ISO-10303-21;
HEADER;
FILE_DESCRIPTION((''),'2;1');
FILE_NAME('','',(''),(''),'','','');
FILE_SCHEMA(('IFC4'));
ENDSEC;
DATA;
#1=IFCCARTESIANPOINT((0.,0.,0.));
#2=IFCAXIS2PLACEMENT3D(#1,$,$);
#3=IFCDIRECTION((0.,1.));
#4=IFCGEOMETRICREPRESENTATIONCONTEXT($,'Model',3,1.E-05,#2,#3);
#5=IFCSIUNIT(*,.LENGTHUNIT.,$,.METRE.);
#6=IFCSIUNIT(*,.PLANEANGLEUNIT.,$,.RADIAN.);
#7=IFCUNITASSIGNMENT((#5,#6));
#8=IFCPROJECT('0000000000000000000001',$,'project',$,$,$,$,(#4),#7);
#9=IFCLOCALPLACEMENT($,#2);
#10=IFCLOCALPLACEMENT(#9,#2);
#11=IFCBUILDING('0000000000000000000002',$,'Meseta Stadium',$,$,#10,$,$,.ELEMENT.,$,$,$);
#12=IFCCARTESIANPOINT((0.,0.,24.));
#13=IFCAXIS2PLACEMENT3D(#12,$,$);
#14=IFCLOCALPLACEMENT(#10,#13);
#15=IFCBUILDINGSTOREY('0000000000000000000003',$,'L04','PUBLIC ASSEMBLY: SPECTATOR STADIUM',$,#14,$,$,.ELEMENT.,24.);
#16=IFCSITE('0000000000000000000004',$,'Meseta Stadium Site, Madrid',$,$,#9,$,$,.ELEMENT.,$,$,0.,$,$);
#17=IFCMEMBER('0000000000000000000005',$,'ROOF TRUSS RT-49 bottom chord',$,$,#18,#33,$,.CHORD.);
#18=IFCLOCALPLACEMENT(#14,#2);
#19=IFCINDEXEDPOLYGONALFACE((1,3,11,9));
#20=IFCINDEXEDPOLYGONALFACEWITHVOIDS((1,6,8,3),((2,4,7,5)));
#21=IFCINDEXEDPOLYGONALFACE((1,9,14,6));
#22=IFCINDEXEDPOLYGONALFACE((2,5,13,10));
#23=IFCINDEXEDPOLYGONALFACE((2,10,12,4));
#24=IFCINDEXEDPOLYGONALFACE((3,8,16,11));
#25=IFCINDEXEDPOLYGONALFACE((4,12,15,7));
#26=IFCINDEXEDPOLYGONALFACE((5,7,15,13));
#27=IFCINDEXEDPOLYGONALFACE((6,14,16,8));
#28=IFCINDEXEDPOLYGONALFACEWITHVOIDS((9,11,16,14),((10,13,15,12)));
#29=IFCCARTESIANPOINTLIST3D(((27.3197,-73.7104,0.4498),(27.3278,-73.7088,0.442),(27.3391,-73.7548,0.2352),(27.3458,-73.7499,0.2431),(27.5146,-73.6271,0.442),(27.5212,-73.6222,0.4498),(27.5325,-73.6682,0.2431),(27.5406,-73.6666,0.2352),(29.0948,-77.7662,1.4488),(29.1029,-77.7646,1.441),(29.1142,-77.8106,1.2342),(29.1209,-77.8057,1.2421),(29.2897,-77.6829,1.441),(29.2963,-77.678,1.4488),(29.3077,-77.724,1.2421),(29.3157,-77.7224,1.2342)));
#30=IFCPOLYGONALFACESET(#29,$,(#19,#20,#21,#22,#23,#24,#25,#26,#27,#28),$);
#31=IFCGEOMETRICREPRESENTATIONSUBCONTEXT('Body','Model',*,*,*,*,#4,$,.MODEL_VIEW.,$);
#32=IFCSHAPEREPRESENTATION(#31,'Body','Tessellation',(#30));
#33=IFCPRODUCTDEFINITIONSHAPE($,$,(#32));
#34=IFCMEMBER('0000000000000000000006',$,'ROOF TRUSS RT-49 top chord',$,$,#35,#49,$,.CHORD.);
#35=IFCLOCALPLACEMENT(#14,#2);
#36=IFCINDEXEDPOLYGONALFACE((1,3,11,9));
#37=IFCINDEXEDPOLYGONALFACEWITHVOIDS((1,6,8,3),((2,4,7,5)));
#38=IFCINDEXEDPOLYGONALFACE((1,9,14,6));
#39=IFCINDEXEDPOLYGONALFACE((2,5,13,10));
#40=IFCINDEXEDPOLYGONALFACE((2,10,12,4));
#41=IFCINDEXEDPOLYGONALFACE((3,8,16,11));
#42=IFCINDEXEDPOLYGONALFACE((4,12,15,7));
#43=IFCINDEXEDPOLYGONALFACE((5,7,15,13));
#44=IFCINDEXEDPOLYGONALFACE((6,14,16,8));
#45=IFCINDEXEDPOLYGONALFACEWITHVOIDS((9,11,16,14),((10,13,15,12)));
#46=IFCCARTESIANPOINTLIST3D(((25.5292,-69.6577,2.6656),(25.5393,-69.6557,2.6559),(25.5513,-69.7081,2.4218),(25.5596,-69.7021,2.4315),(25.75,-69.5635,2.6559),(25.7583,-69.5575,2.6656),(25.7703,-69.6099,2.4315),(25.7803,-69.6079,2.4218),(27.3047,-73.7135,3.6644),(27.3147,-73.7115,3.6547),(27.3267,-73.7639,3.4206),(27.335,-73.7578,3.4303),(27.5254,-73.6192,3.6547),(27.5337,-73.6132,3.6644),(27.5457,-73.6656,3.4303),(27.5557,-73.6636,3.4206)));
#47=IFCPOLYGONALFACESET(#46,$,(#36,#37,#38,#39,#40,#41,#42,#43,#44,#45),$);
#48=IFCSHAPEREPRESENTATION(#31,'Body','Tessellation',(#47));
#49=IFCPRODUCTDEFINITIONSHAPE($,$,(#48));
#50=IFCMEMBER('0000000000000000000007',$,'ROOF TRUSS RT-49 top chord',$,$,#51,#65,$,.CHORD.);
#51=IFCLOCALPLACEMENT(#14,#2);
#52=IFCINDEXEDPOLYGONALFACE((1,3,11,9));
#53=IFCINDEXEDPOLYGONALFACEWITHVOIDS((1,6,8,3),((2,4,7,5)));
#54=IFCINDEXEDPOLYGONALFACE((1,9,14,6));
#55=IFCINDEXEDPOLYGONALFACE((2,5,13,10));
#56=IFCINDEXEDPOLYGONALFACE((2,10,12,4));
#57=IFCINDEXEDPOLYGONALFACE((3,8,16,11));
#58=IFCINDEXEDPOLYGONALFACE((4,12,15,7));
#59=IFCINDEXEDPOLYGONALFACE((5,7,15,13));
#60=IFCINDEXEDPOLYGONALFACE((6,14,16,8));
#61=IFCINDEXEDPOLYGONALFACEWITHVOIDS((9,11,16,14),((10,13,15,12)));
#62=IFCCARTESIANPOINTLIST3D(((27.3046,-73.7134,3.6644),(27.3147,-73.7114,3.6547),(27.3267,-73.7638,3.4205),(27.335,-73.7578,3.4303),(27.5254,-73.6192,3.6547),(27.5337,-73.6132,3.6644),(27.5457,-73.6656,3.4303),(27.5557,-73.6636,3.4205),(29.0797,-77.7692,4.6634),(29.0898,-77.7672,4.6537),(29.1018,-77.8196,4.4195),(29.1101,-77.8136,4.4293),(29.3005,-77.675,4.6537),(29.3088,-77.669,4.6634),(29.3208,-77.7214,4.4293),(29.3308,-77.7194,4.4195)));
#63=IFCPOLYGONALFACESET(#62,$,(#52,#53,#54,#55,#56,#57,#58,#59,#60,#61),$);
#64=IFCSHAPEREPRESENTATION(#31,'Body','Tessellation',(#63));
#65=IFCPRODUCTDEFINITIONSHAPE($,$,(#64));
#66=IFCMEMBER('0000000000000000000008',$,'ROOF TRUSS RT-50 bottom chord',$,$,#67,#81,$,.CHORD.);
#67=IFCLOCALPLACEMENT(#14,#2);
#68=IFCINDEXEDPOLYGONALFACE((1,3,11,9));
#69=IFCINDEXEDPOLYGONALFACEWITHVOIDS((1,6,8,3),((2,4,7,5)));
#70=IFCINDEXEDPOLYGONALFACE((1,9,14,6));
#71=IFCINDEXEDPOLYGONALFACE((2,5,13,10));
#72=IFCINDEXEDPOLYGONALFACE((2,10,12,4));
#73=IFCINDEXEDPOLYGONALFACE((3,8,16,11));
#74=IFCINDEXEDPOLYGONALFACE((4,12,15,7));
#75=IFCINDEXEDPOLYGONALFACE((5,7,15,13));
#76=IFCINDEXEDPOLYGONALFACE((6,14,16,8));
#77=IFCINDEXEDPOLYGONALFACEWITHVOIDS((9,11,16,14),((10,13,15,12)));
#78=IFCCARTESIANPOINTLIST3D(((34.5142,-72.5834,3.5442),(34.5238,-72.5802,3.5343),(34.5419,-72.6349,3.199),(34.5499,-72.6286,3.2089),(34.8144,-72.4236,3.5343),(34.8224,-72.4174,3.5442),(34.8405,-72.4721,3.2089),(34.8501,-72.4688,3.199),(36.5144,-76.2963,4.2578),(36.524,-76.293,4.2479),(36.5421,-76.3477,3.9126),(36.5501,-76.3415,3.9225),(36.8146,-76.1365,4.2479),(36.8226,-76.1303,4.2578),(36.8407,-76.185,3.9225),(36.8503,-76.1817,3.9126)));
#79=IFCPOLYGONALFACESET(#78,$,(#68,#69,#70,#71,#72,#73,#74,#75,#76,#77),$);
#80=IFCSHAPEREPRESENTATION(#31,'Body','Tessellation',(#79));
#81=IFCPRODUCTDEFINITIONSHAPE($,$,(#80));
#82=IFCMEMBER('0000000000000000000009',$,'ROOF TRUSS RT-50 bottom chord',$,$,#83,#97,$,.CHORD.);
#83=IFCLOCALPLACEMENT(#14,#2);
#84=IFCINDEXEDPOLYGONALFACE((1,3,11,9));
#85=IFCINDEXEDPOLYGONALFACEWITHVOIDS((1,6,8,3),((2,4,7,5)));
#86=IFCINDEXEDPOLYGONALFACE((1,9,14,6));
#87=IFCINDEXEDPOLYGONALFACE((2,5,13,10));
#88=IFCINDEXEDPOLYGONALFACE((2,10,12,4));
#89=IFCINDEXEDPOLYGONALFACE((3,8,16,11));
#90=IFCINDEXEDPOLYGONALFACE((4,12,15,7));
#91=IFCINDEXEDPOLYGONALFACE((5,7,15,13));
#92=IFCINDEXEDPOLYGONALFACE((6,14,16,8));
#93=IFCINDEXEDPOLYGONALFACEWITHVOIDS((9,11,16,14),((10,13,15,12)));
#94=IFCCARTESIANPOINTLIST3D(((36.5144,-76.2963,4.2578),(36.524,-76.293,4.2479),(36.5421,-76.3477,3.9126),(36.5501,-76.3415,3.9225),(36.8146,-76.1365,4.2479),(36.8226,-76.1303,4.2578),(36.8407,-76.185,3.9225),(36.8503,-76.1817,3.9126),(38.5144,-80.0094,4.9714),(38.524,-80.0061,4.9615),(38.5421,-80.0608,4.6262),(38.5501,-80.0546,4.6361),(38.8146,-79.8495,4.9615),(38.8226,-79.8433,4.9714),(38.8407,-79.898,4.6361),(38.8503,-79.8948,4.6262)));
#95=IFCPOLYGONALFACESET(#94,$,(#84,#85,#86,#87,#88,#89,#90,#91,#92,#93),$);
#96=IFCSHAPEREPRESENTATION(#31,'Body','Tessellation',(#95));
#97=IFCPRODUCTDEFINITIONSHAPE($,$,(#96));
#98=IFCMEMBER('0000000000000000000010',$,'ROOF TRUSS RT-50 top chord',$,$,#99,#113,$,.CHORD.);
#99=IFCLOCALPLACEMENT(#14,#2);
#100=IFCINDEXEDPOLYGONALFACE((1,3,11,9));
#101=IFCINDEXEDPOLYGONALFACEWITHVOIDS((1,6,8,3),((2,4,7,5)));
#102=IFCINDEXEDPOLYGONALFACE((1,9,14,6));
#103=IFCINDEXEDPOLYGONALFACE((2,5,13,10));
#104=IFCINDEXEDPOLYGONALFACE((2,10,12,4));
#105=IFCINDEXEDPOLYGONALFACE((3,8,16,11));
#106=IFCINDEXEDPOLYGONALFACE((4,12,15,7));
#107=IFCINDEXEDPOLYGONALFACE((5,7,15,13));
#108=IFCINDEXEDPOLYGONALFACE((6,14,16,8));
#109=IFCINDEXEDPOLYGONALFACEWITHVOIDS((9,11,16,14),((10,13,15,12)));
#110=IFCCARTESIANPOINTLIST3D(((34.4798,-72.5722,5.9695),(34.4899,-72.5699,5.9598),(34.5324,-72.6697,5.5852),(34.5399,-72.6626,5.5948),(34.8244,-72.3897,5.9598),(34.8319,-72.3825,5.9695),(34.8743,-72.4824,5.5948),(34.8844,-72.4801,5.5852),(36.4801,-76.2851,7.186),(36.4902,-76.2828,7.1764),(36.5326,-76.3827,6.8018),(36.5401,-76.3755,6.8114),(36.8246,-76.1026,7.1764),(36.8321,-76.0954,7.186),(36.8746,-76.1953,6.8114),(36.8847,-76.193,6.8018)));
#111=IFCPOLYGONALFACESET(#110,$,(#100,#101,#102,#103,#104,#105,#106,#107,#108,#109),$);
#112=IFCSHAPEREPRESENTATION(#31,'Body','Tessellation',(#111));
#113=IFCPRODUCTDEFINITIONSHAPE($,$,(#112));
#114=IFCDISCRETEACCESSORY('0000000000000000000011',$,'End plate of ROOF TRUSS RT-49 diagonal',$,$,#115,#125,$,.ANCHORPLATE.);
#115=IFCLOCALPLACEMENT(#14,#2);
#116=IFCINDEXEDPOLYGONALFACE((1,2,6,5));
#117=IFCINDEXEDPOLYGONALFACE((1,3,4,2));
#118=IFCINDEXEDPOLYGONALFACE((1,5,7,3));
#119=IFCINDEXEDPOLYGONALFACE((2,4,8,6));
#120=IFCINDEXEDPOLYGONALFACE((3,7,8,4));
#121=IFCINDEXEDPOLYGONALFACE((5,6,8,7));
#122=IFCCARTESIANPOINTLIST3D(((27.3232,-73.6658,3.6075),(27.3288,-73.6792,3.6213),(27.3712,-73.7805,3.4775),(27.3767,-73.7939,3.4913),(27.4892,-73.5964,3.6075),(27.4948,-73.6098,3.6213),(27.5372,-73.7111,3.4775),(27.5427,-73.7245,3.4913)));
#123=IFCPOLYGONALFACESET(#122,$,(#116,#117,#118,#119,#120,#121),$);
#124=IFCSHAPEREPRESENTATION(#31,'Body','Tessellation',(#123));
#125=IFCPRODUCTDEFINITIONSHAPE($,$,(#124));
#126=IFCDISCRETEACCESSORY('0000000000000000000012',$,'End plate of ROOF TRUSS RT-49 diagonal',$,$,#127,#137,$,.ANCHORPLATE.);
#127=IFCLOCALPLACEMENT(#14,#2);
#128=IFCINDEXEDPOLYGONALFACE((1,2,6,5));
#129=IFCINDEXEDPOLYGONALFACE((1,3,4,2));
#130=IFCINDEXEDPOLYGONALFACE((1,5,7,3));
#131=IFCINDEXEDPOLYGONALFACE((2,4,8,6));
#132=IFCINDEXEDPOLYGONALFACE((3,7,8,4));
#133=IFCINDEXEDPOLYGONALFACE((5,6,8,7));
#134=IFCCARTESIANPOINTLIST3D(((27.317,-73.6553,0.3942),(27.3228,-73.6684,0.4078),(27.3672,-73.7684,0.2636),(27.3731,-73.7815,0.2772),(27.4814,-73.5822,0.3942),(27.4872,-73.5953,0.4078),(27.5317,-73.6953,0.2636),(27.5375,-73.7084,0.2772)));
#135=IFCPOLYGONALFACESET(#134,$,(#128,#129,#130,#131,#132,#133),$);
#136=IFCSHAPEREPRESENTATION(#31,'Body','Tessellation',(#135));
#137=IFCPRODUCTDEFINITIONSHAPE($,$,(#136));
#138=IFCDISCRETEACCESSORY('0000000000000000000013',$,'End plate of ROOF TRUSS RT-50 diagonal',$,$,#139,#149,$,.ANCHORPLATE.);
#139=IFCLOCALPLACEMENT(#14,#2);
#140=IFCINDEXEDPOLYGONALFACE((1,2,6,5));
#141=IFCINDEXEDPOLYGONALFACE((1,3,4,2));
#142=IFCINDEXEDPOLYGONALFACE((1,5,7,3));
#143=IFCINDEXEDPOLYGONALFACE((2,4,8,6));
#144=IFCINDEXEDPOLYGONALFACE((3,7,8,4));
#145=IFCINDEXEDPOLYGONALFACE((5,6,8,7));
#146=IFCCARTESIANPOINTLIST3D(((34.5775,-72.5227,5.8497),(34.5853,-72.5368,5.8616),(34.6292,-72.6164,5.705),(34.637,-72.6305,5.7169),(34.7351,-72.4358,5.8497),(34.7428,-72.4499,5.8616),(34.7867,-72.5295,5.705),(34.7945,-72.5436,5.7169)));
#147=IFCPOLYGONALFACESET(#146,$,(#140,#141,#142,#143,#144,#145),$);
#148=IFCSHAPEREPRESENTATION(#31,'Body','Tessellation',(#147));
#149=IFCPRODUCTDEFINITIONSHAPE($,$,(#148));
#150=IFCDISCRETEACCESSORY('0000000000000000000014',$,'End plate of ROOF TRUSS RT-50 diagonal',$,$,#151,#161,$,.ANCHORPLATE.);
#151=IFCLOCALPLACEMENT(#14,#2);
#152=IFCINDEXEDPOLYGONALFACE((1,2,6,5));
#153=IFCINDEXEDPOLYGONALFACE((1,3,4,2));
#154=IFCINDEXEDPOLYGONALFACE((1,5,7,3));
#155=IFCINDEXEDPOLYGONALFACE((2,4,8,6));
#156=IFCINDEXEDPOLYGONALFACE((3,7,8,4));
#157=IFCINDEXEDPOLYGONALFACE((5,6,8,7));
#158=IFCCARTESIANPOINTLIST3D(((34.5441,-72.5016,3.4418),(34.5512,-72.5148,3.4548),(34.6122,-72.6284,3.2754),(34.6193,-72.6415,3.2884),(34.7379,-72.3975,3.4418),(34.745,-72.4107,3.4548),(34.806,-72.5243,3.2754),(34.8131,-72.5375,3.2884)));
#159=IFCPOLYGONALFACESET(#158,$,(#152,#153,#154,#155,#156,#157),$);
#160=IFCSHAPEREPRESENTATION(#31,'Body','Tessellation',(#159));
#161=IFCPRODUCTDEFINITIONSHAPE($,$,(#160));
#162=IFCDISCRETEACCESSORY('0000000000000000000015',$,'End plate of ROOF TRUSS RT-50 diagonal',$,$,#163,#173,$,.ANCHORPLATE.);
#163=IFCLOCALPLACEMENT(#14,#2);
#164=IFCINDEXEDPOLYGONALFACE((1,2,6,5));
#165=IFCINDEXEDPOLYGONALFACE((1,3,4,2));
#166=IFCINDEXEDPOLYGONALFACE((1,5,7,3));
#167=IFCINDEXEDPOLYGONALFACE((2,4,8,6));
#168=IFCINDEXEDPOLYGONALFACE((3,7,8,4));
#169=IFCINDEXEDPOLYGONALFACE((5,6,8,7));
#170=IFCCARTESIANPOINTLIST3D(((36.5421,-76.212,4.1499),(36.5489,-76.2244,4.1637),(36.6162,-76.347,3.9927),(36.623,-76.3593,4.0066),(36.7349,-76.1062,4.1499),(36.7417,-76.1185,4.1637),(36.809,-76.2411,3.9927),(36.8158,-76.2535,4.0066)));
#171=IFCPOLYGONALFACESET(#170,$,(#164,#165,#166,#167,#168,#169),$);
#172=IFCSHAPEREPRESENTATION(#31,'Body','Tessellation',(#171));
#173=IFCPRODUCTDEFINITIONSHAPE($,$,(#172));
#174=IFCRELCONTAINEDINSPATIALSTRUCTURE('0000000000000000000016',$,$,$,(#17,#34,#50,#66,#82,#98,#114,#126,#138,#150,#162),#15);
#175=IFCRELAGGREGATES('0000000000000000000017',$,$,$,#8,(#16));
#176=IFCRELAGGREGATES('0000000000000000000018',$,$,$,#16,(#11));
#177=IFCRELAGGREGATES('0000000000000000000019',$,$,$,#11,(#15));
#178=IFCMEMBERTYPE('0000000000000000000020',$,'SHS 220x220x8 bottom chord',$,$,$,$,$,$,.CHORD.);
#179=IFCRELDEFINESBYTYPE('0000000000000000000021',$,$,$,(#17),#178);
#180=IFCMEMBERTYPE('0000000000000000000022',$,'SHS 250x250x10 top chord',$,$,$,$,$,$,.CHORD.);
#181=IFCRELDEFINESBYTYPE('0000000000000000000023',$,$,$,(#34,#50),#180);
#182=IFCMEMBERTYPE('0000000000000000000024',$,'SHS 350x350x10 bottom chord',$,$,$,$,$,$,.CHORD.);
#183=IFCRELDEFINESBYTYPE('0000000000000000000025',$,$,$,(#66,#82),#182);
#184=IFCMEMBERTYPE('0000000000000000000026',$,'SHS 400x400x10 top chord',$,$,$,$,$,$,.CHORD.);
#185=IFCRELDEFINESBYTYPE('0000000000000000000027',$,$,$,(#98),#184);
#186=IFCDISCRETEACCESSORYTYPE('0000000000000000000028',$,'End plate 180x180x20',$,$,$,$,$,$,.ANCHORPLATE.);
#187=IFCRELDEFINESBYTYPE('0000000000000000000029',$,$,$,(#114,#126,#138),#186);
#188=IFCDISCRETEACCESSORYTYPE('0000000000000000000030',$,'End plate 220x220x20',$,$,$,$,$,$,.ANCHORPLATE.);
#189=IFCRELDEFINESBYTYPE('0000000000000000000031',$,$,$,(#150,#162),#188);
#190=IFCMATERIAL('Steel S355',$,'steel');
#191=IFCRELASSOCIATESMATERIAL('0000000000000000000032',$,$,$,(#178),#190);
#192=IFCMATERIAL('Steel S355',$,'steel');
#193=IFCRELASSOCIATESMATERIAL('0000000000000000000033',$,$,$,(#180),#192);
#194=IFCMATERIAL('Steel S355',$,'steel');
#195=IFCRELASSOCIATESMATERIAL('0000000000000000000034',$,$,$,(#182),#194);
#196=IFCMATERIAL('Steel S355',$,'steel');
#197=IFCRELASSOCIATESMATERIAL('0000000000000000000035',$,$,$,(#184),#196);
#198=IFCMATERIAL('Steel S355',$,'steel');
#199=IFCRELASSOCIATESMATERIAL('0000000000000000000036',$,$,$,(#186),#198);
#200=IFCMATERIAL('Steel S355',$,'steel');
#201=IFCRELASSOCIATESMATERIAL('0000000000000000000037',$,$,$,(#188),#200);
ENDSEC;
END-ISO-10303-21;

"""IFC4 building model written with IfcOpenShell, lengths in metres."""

from ifc_helpers import new_model, si_unit, direction, frame, origin, origin_2d, place, context, subcontext, project, spatial, rectangle, hollow_rectangle, extrude, material, material_profile, profile_set, type_object, element, save


model = new_model("IFC4")

# Units and contexts
model_context = context("Model", 3, precision=1e-05, world=origin(), true_north=direction((0.0, 1.0)))
body_context = subcontext(model_context, "Body", "Model", "MODEL_VIEW")
ifc_project = project(units=[si_unit("LENGTHUNIT", "METRE"), si_unit("PLANEANGLEUNIT", "RADIAN")], contexts=[model_context])

# Site, building, storey
site_placement = place(None, origin())
site = spatial("IfcSite", under=ifc_project, at=site_placement, Name="Meseta Stadium Site, Madrid", CompositionType="ELEMENT", RefElevation=0.0)
building_placement = place(site_placement, origin())
building = spatial("IfcBuilding", under=site, at=building_placement, Name="Meseta Stadium", CompositionType="ELEMENT")
storey_placement = place(building_placement, frame((0.0, 0.0, 24.0)))
storey = spatial("IfcBuildingStorey", under=building, at=storey_placement, Name="L04", Description="PUBLIC ASSEMBLY: SPECTATOR STADIUM", CompositionType="ELEMENT", Elevation=24.0)

# Members
ifc_material_1 = material(Name="Steel S355", Category="steel")
ifc_material_profile_1 = material_profile(ifc_material_1, hollow_rectangle(XDim=0.22, YDim=0.22, WallThickness=0.0081, at=origin_2d()), Name="SHS 220x220x8")
ifc_profile_set_1 = profile_set([ifc_material_profile_1], Name="Steel S355")
member_type_1 = type_object("IfcMemberType", Name="SHS 220x220x8 bottom chord", PredefinedType="CHORD", material=ifc_profile_set_1)
for number, where, z_axis, x_axis, name in (
    (1, (27.4302, -73.6885, 0.3425), (0.391115, -0.893632, 0.220113), (0.9161, 0.400949, 0.0), "ROOF TRUSS RT-49 bottom chord"),
):
    element("IfcMember", number, at=place(storey_placement, frame(where, z_axis=z_axis, x_axis=x_axis)), inside=storey, type_object=member_type_1, Name=name, PredefinedType="CHORD", context=body_context, shape_type="SweptSolid", body=[
        extrude(hollow_rectangle(XDim=0.22, YDim=0.22, WallThickness=0.0081, at=origin_2d()), origin(), (0.0, 0.0, 1.0), 4.5386),
    ])
ifc_material_2 = material(Name="Steel S355", Category="steel")
ifc_material_profile_2 = material_profile(ifc_material_2, hollow_rectangle(XDim=0.25, YDim=0.25, WallThickness=0.01, at=origin_2d()), Name="SHS 250x250x10")
ifc_profile_set_2 = profile_set([ifc_material_profile_2], Name="Steel S355")
member_type_2 = type_object("IfcMemberType", Name="SHS 250x250x10 top chord", PredefinedType="CHORD", material=ifc_profile_set_2)
for number, where, z_axis, x_axis, name in (
    (2, (25.6548, -69.6328, 2.5437), (0.391184, -0.893613, 0.220068), (0.916071, 0.401016, 0.0), "ROOF TRUSS RT-49 top chord"),
    (3, (27.4302, -73.6885, 3.5425), (0.391115, -0.893632, 0.220113), (0.9161, 0.400949, 0.0), "ROOF TRUSS RT-49 top chord"),
):
    element("IfcMember", number, at=place(storey_placement, frame(where, z_axis=z_axis, x_axis=x_axis)), inside=storey, type_object=member_type_2, Name=name, PredefinedType="CHORD", context=body_context, shape_type="SweptSolid", body=[
        extrude(hollow_rectangle(XDim=0.25, YDim=0.25, WallThickness=0.01, at=origin_2d()), origin(), (0.0, 0.0, 1.0), 4.5386),
    ])
ifc_material_3 = material(Name="Steel S355", Category="steel")
ifc_material_profile_3 = material_profile(ifc_material_3, hollow_rectangle(XDim=0.3501, YDim=0.3501, WallThickness=0.01, at=origin_2d()), Name="SHS 350x350x10")
ifc_profile_set_3 = profile_set([ifc_material_profile_3], Name="Steel S355")
member_type_3 = type_object("IfcMemberType", Name="SHS 350x350x10 bottom chord", PredefinedType="CHORD", material=ifc_profile_set_3)
for number, where, z_axis, x_axis, name in (
    (4, (34.6821, -72.5261, 3.3716), (0.467635, -0.868034, 0.166837), (0.880373, 0.474283, 0.0), "ROOF TRUSS RT-50 bottom chord"),
    (5, (36.6824, -76.239, 4.0852), (0.467568, -0.868071, 0.166834), (0.88041, 0.474214, 0.0), "ROOF TRUSS RT-50 bottom chord"),
):
    element("IfcMember", number, at=place(storey_placement, frame(where, z_axis=z_axis, x_axis=x_axis)), inside=storey, type_object=member_type_3, Name=name, PredefinedType="CHORD", context=body_context, shape_type="SweptSolid", body=[
        extrude(hollow_rectangle(XDim=0.3501, YDim=0.3501, WallThickness=0.01, at=origin_2d()), origin(), (0.0, 0.0, 1.0), 4.2773),
    ])
ifc_material_4 = material(Name="Steel S355", Category="steel")
ifc_material_profile_4 = material_profile(ifc_material_4, hollow_rectangle(XDim=0.3999, YDim=0.3999, WallThickness=0.01, at=origin_2d()), Name="SHS 400x400x10")
ifc_profile_set_4 = profile_set([ifc_material_profile_4], Name="Steel S355")
member_type_4 = type_object("IfcMemberType", Name="SHS 400x400x10 top chord", PredefinedType="CHORD", material=ifc_profile_set_4)
member_1_placement = place(storey_placement, frame((34.6821, -72.5261, 5.7773), z_axis=(0.455702, -0.845883, 0.277159), x_axis=(0.880373, 0.474283, 0.0)))
element("IfcMember", 6, at=member_1_placement, inside=storey, type_object=member_type_4, Name="ROOF TRUSS RT-50 top chord", PredefinedType="CHORD", context=body_context, shape_type="SweptSolid", body=[
    extrude(hollow_rectangle(XDim=0.3999, YDim=0.3999, WallThickness=0.01, at=origin_2d()), origin(), (0.0, 0.0, 1.0), 4.3894),
])

# Discrete accessories
ifc_material_5 = material(Name="Steel S355", Category="steel")
ifc_material_profile_5 = material_profile(ifc_material_5, rectangle(XDim=0.1799, YDim=0.1799, at=origin_2d()), Name="PL 180x180")
ifc_profile_set_5 = profile_set([ifc_material_profile_5], Name="Steel S355")
discrete_accessory_type_1 = type_object("IfcDiscreteAccessoryType", Name="End plate 180x180x20", PredefinedType="ANCHORPLATE", material=ifc_profile_set_5)
discrete_accessory_1_placement = place(storey_placement, frame((27.4302, -73.6885, 3.5425), z_axis=(0.278854, -0.666826, 0.691074), x_axis=(0.92258, 0.385806, 0.0)))
element("IfcDiscreteAccessory", 7, at=discrete_accessory_1_placement, inside=storey, type_object=discrete_accessory_type_1, Name="End plate of ROOF TRUSS RT-49 diagonal", PredefinedType="ANCHORPLATE", context=body_context, shape_type="SweptSolid", body=[
    extrude(rectangle(XDim=0.1799, YDim=0.1799, at=origin_2d()), origin(), (0.0, 0.0, 1.0), 0.02),
])
discrete_accessory_2_placement = place(storey_placement, frame((27.4243, -73.6753, 0.3289), z_axis=(0.294795, -0.663289, 0.687855), x_axis=(0.913812, 0.406138, 0.0)))
element("IfcDiscreteAccessory", 8, at=discrete_accessory_2_placement, inside=storey, type_object=discrete_accessory_type_1, Name="End plate of ROOF TRUSS RT-49 diagonal", PredefinedType="ANCHORPLATE", context=body_context, shape_type="SweptSolid", body=[
    extrude(rectangle(XDim=0.1799, YDim=0.1799, at=origin_2d()), origin(), (0.0, 0.0, 1.0), 0.0198),
])
discrete_accessory_3_placement = place(storey_placement, frame((34.6821, -72.5261, 5.7773), z_axis=(0.388371, -0.703923, 0.594693), x_axis=(0.875578, 0.483077, 0.0)))
element("IfcDiscreteAccessory", 9, at=discrete_accessory_3_placement, inside=storey, type_object=discrete_accessory_type_1, Name="End plate of ROOF TRUSS RT-50 diagonal", PredefinedType="ANCHORPLATE", context=body_context, shape_type="SweptSolid", body=[
    extrude(rectangle(XDim=0.1799, YDim=0.1799, at=origin_2d()), origin(), (0.0, 0.0, 1.0), 0.02),
])
ifc_material_6 = material(Name="Steel S355", Category="steel")
ifc_material_profile_6 = material_profile(ifc_material_6, rectangle(XDim=0.22, YDim=0.22, at=origin_2d()), Name="PL 220x220")
ifc_profile_set_6 = profile_set([ifc_material_profile_6], Name="Steel S355")
discrete_accessory_type_2 = type_object("IfcDiscreteAccessoryType", Name="End plate 220x220x20", PredefinedType="ANCHORPLATE", material=ifc_profile_set_6)
for number, where, z_axis, x_axis, name in (
    (10, (34.675, -72.5129, 3.3586), (0.357888, -0.666413, 0.654072), (0.880994, 0.473127, 0.0), "End plate of ROOF TRUSS RT-50 diagonal"),
    (11, (36.6755, -76.2266, 4.0713), (0.343772, -0.626156, 0.699821), (0.876579, 0.481259, 0.0), "End plate of ROOF TRUSS RT-50 diagonal"),
):
    element("IfcDiscreteAccessory", number, at=place(storey_placement, frame(where, z_axis=z_axis, x_axis=x_axis)), inside=storey, type_object=discrete_accessory_type_2, Name=name, PredefinedType="ANCHORPLATE", context=body_context, shape_type="SweptSolid", body=[
        extrude(rectangle(XDim=0.22, YDim=0.22, at=origin_2d()), origin(), (0.0, 0.0, 1.0), 0.0198),
    ])

save(model, "model.ifc")
